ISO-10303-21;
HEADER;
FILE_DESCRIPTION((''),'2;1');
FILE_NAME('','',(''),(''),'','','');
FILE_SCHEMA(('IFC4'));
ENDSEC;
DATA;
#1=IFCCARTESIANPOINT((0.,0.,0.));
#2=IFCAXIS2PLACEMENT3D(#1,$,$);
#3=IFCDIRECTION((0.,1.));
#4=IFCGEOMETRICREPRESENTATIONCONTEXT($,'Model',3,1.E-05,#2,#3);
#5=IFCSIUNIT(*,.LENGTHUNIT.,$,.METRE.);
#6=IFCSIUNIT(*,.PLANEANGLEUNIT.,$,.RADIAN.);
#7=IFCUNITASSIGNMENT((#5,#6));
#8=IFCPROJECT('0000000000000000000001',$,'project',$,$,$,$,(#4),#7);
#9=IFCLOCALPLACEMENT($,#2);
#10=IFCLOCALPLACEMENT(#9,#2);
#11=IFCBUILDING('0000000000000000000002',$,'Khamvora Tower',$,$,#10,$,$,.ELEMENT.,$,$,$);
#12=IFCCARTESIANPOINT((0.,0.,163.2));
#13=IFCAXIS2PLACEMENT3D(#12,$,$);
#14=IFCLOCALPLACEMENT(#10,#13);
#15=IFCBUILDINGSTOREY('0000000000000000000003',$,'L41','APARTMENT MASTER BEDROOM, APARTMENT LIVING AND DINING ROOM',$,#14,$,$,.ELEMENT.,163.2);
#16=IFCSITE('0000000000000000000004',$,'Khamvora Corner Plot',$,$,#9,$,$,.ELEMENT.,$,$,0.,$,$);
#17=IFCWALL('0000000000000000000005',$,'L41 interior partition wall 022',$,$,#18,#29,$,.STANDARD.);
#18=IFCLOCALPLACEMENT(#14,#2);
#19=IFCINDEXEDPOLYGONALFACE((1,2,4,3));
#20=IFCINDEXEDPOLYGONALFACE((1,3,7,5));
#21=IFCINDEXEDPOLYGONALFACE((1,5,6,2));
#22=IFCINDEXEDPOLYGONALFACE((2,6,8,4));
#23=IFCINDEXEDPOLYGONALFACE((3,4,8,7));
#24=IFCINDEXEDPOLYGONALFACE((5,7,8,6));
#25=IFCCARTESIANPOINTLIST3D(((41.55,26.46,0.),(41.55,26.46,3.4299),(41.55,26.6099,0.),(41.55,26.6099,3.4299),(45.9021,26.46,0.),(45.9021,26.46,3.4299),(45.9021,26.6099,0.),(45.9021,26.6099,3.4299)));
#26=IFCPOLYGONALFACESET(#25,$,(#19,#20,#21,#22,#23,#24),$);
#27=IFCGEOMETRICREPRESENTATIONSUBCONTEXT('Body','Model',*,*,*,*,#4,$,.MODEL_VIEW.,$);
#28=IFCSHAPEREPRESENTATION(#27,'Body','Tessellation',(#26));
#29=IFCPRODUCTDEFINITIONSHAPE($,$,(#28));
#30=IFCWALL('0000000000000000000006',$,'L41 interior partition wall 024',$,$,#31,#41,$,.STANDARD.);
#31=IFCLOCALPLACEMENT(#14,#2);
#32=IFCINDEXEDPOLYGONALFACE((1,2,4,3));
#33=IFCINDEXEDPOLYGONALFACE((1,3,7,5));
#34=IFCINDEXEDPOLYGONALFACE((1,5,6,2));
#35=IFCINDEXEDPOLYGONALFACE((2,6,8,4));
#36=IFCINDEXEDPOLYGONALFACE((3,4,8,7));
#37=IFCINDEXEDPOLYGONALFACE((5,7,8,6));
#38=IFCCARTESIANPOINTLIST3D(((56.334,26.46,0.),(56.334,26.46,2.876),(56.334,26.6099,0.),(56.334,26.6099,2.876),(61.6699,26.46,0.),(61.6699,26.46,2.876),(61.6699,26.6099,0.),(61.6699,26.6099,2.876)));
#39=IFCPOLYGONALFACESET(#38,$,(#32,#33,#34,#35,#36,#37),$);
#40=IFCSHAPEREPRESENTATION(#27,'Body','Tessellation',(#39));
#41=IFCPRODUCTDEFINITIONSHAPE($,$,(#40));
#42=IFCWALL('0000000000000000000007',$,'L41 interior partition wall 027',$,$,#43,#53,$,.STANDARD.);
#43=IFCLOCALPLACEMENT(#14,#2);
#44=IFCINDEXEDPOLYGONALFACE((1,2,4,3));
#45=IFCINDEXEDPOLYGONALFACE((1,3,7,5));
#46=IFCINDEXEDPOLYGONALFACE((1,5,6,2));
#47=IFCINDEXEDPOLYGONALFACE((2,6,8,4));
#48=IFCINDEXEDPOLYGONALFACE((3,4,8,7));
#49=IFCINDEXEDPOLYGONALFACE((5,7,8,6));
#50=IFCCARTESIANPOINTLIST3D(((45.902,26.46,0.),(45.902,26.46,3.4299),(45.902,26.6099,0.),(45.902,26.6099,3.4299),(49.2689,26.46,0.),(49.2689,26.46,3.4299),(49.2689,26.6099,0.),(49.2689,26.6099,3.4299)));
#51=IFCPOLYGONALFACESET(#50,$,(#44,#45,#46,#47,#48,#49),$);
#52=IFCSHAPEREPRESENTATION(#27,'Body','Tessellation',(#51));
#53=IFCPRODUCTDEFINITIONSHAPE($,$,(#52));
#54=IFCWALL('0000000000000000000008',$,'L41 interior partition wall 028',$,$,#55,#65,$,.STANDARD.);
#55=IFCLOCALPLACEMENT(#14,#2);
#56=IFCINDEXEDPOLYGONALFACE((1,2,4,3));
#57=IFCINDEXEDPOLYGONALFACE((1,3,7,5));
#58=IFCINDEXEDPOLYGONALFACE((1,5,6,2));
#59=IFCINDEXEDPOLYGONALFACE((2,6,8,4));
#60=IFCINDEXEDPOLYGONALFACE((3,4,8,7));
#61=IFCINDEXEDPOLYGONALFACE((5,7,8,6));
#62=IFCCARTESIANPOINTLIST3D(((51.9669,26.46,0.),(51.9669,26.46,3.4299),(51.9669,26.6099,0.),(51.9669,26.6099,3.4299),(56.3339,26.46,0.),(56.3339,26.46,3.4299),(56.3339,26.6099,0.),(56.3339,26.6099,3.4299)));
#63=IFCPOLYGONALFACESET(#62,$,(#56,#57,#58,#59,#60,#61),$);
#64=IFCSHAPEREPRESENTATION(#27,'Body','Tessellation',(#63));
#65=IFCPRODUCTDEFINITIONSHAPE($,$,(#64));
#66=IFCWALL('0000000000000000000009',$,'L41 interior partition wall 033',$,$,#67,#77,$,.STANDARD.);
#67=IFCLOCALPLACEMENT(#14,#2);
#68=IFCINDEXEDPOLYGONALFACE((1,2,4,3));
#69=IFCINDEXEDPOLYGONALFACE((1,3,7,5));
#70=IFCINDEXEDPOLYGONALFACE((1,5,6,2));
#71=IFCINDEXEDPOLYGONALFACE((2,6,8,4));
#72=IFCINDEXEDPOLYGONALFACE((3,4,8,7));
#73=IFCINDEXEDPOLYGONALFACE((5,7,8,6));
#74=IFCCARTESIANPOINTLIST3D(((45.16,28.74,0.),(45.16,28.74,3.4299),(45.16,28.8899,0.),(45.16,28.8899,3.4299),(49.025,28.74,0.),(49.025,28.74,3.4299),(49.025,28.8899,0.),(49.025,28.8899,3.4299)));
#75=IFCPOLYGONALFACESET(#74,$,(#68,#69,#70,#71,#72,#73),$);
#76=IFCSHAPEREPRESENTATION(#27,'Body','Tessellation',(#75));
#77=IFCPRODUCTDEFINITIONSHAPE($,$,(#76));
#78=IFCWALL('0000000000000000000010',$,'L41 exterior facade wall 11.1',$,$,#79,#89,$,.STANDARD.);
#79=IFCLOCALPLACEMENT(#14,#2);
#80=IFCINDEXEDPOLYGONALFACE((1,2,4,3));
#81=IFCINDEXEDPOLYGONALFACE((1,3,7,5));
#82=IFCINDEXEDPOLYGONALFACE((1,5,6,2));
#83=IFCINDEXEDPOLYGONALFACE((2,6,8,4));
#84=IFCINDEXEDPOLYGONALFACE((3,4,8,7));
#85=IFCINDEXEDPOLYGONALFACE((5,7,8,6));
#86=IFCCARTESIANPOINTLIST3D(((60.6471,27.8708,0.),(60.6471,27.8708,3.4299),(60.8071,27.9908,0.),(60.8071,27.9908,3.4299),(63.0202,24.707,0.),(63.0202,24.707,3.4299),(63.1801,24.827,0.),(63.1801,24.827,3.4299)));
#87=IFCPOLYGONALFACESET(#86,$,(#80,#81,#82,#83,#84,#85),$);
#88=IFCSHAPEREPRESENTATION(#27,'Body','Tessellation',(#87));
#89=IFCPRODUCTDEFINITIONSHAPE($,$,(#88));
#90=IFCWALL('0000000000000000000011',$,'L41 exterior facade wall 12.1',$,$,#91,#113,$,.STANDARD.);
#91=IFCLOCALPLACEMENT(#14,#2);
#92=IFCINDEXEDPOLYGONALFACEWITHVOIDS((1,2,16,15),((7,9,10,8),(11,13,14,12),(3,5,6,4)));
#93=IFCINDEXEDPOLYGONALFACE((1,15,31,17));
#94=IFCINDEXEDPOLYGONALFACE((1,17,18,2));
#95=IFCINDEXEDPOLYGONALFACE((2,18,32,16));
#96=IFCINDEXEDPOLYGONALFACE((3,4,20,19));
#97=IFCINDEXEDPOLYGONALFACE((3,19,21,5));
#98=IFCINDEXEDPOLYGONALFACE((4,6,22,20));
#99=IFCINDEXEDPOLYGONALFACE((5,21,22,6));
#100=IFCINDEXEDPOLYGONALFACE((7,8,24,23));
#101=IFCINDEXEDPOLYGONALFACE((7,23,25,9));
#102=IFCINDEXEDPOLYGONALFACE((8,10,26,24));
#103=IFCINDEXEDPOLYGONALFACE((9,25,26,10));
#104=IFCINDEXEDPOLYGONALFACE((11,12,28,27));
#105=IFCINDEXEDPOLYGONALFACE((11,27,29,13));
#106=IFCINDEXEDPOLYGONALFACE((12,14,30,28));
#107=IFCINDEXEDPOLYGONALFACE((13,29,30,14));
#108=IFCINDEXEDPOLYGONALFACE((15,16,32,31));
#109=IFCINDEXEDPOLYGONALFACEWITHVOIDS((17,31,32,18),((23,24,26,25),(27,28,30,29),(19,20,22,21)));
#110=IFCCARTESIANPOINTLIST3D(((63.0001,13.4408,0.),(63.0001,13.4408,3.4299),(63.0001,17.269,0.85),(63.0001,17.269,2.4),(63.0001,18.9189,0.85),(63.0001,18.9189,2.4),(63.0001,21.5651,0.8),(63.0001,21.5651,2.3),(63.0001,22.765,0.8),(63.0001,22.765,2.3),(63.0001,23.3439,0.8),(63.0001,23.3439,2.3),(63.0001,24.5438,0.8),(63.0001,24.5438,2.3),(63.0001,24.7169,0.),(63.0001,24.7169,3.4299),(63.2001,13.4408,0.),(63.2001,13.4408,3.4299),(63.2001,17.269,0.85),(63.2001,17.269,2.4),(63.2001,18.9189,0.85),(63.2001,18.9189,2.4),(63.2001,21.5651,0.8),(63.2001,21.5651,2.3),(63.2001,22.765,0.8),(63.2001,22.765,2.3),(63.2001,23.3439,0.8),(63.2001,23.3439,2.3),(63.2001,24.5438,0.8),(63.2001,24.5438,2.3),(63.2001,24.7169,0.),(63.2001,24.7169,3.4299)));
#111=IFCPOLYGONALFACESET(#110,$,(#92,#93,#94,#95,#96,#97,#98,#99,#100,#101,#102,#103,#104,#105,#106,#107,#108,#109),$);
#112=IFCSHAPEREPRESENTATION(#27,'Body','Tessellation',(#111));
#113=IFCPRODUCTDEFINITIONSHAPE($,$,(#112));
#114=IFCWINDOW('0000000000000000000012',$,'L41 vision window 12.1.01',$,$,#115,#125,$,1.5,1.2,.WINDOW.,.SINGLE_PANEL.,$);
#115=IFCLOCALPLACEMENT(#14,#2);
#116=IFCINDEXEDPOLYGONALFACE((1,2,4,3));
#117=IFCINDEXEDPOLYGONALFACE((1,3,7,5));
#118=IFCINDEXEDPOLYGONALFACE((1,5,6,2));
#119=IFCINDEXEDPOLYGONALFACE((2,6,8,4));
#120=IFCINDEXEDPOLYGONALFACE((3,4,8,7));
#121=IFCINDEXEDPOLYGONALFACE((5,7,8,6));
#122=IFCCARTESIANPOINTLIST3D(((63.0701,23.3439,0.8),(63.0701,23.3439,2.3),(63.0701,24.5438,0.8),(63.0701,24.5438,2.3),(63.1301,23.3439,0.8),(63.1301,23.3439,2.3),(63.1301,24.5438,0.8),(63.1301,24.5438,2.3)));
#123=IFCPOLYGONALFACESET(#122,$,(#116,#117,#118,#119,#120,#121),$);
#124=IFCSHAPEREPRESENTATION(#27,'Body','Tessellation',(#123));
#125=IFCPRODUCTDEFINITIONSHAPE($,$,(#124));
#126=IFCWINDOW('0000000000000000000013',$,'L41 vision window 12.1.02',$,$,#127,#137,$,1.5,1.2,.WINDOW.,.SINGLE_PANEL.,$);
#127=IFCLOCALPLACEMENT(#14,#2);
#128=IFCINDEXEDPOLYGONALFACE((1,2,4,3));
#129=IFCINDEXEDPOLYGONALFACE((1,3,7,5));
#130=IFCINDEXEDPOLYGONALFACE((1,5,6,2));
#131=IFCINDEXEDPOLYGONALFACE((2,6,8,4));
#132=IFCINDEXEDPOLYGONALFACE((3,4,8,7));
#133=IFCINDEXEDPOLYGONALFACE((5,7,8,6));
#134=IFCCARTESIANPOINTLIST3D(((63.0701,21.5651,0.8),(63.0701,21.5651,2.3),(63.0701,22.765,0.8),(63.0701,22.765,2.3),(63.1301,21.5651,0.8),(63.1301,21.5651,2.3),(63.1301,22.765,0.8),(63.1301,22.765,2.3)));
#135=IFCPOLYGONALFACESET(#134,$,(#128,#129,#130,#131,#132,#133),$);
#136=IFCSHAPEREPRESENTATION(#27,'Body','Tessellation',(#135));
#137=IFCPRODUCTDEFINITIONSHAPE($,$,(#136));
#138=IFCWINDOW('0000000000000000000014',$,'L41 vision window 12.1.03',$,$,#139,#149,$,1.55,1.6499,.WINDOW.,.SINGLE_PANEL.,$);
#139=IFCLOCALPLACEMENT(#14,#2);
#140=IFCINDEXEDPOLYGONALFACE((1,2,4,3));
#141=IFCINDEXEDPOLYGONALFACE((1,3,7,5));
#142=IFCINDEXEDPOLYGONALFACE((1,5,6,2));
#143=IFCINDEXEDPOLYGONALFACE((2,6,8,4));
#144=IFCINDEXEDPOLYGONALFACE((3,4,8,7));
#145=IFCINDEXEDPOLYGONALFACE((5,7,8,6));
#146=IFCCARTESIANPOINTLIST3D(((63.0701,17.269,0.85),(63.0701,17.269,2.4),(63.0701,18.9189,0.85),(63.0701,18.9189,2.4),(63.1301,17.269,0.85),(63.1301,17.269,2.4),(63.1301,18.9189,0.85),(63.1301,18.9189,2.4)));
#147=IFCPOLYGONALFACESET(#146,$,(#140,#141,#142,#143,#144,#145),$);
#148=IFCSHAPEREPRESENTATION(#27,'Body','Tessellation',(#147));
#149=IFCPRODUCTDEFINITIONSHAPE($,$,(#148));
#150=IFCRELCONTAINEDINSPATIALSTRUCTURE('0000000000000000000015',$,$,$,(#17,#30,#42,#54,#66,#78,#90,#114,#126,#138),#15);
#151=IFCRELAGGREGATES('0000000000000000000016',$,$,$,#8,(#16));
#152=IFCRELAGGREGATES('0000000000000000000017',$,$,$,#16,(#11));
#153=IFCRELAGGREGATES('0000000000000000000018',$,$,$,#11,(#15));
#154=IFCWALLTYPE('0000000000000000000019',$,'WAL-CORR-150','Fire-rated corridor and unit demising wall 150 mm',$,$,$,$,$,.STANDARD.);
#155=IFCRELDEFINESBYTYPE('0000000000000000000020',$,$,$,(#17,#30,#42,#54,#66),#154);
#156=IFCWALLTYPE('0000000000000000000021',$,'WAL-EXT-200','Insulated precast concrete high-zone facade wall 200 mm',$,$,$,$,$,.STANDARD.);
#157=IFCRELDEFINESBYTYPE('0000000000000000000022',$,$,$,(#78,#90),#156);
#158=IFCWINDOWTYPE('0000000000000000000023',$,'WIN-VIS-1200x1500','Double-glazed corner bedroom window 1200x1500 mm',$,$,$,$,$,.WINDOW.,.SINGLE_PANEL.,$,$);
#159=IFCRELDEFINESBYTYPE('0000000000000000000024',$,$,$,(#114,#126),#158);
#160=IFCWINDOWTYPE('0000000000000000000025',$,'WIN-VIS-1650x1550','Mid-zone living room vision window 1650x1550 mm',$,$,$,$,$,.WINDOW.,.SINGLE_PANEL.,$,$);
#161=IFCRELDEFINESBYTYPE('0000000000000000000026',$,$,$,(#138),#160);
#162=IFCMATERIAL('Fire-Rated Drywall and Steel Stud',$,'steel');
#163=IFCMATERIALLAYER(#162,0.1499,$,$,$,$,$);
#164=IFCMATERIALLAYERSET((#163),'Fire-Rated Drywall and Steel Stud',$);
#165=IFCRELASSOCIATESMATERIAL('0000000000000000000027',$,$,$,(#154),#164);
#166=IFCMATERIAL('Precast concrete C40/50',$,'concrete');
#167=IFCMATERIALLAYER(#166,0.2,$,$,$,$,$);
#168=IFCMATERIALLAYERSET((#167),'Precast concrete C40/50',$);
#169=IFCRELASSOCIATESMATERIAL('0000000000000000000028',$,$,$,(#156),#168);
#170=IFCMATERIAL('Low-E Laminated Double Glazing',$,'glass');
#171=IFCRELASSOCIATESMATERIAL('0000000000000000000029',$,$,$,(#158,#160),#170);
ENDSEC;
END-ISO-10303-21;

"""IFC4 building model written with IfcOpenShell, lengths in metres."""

from ifc_helpers import new_model, si_unit, direction, frame, frame_2d, origin, place, context, subcontext, project, spatial, rectangle, extrude, material, layer, layer_set, type_object, element, fill, save


model = new_model("IFC4")

# Units and contexts
model_context = context("Model", 3, precision=1e-05, world=origin(), true_north=direction((0.0, 1.0)))
body_context = subcontext(model_context, "Body", "Model", "MODEL_VIEW")
ifc_project = project(units=[si_unit("LENGTHUNIT", "METRE"), si_unit("PLANEANGLEUNIT", "RADIAN")], contexts=[model_context])

# Site, building, storey
site_placement = place(None, origin())
site = spatial("IfcSite", under=ifc_project, at=site_placement, Name="Khamvora Corner Plot", CompositionType="ELEMENT", RefElevation=0.0)
building_placement = place(site_placement, origin())
building = spatial("IfcBuilding", under=site, at=building_placement, Name="Khamvora Tower", CompositionType="ELEMENT")
storey_placement = place(building_placement, frame((0.0, 0.0, 163.2)))
storey = spatial("IfcBuildingStorey", under=building, at=storey_placement, Name="L41", Description="APARTMENT MASTER BEDROOM, APARTMENT LIVING AND DINING ROOM", CompositionType="ELEMENT", Elevation=163.2)

# Walls
ifc_material_1 = material(Name="Fire-Rated Drywall and Steel Stud", Category="steel")
ifc_layer_1 = layer(ifc_material_1, 0.1499)
ifc_layer_set_1 = layer_set([ifc_layer_1], Name="Fire-Rated Drywall and Steel Stud")
wall_type_1 = type_object("IfcWallType", Name="WAL-CORR-150", Description="Fire-rated corridor and unit demising wall 150 mm", PredefinedType="STANDARD", material=ifc_layer_set_1)
wall_1_placement = place(storey_placement, frame((45.9021, 26.5349, 0.0), z_axis=(0.0, 0.0, 1.0), x_axis=(-1.0, 0.0, 0.0)))
element("IfcWall", 1, at=wall_1_placement, inside=storey, type_object=wall_type_1, Name="L41 interior partition wall 022", PredefinedType="STANDARD", context=body_context, shape_type="SweptSolid", body=[
    extrude(rectangle(XDim=4.3521, YDim=0.1499, at=frame_2d((2.176, 0.0))), origin(), (0.0, 0.0, 1.0), 3.4299),
])
wall_2_placement = place(storey_placement, frame((61.6699, 26.5349, 0.0), z_axis=(0.0, 0.0, 1.0), x_axis=(-1.0, 0.0, 0.0)))
element("IfcWall", 2, at=wall_2_placement, inside=storey, type_object=wall_type_1, Name="L41 interior partition wall 024", PredefinedType="STANDARD", context=body_context, shape_type="SweptSolid", body=[
    extrude(rectangle(XDim=5.3359, YDim=0.1499, at=frame_2d((2.668, 0.0))), origin(), (0.0, 0.0, 1.0), 2.876),
])

# Walls
wall_3_placement = place(storey_placement, frame((49.269, 26.5349, 0.0), z_axis=(0.0, 0.0, 1.0), x_axis=(-1.0, 0.0, 0.0)))
element("IfcWall", 3, at=wall_3_placement, inside=storey, type_object=wall_type_1, Name="L41 interior partition wall 027", PredefinedType="STANDARD", context=body_context, shape_type="SweptSolid", body=[
    extrude(rectangle(XDim=3.3669, YDim=0.1499, at=frame_2d((1.6836, 0.0))), origin(), (0.0, 0.0, 1.0), 3.4299),
])
wall_4_placement = place(storey_placement, frame((56.334, 26.5349, 0.0), z_axis=(0.0, 0.0, 1.0), x_axis=(-1.0, 0.0, 0.0)))
element("IfcWall", 4, at=wall_4_placement, inside=storey, type_object=wall_type_1, Name="L41 interior partition wall 028", PredefinedType="STANDARD", context=body_context, shape_type="SweptSolid", body=[
    extrude(rectangle(XDim=4.3669, YDim=0.1499, at=frame_2d((2.1836, 0.0))), origin(), (0.0, 0.0, 1.0), 3.4299),
])
wall_5_placement = place(storey_placement, frame((45.1599, 28.8149, 0.0), z_axis=(0.0, 0.0, 1.0), x_axis=(1.0, 0.0, 0.0)))
element("IfcWall", 5, at=wall_5_placement, inside=storey, type_object=wall_type_1, Name="L41 interior partition wall 033", PredefinedType="STANDARD", context=body_context, shape_type="SweptSolid", body=[
    extrude(rectangle(XDim=3.865, YDim=0.1499, at=frame_2d((1.9326, 0.0))), origin(), (0.0, 0.0, 1.0), 3.4299),
])
ifc_material_2 = material(Name="Precast concrete C40/50", Category="concrete")
ifc_layer_2 = layer(ifc_material_2, 0.2)
ifc_layer_set_2 = layer_set([ifc_layer_2], Name="Precast concrete C40/50")
wall_type_2 = type_object("IfcWallType", Name="WAL-EXT-200", Description="Insulated precast concrete high-zone facade wall 200 mm", PredefinedType="STANDARD", material=ifc_layer_set_2)
wall_6_placement = place(storey_placement, frame((60.7271, 27.9309, 0.0), z_axis=(0.0, 0.0, 1.0), x_axis=(0.60003, -0.799978, 0.0)))
element("IfcWall", 6, at=wall_6_placement, inside=storey, type_object=wall_type_2, Name="L41 exterior facade wall 11.1", PredefinedType="STANDARD", context=body_context, shape_type="SweptSolid", body=[
    extrude(rectangle(XDim=3.9548, YDim=0.2, at=frame_2d((1.9775, 0.0))), origin(), (0.0, 0.0, 1.0), 3.4299),
])

# Wall, openings, windows
wall_7_placement = place(storey_placement, frame((63.1001, 24.717, 0.0), z_axis=(0.0, 0.0, 1.0), x_axis=(0.0, -1.0, 0.0)))
wall_7 = element("IfcWall", 7, at=wall_7_placement, inside=storey, type_object=wall_type_2, Name="L41 exterior facade wall 12.1", PredefinedType="STANDARD", context=body_context, shape_type="SweptSolid", body=[
    extrude(rectangle(XDim=11.2761, YDim=0.2, at=frame_2d((5.6382, 0.0))), origin(), (0.0, 0.0, 1.0), 3.4299),
])
opening_1_placement = place(wall_7_placement, frame((0.1731, 0.0, 0.8)))
opening_1 = element("IfcOpeningElement", 8, at=opening_1_placement, cuts=wall_7, PredefinedType="OPENING", context=body_context, shape_type="SweptSolid", body=[
    extrude(rectangle(XDim=1.2, YDim=1.5, at=frame_2d((0.6001, 0.75))), frame((0.0, 0.1099, 0.0), z_axis=(0.0, -1.0, 0.0), x_axis=(1.0, 0.0, 0.0)), (0.0, 0.0, 1.0), 0.22),
])
opening_2_placement = place(wall_7_placement, frame((1.9519, 0.0, 0.8)))
opening_2 = element("IfcOpeningElement", 9, at=opening_2_placement, cuts=wall_7, PredefinedType="OPENING", context=body_context, shape_type="SweptSolid", body=[
    extrude(rectangle(XDim=1.2, YDim=1.5, at=frame_2d((0.6001, 0.75))), frame((0.0, 0.1099, 0.0), z_axis=(0.0, -1.0, 0.0), x_axis=(1.0, 0.0, 0.0)), (0.0, 0.0, 1.0), 0.22),
])
opening_3_placement = place(wall_7_placement, frame((5.7981, 0.0, 0.8501)))
opening_3 = element("IfcOpeningElement", 10, at=opening_3_placement, cuts=wall_7, PredefinedType="OPENING", context=body_context, shape_type="SweptSolid", body=[
    extrude(rectangle(XDim=1.6499, YDim=1.55, at=frame_2d((0.825, 0.7749))), frame((0.0, 0.1099, 0.0), z_axis=(0.0, -1.0, 0.0), x_axis=(1.0, 0.0, 0.0)), (0.0, 0.0, 1.0), 0.22),
])
ifc_material_3 = material(Name="Low-E Laminated Double Glazing", Category="glass")
window_type_1 = type_object("IfcWindowType", Name="WIN-VIS-1200x1500", Description="Double-glazed corner bedroom window 1200x1500 mm", PartitioningType="SINGLE_PANEL", PredefinedType="WINDOW", material=ifc_material_3)
window_1_placement = place(opening_1_placement, origin())
window_1 = element("IfcWindow", 11, at=window_1_placement, inside=storey, type_object=window_type_1, Name="L41 vision window 12.1.01", OverallHeight=1.5, OverallWidth=1.2, PartitioningType="SINGLE_PANEL", PredefinedType="WINDOW", context=body_context, shape_type="SweptSolid", body=[
    extrude(rectangle(XDim=1.2, YDim=1.5, at=frame_2d((0.6001, 0.75))), frame((0.0, 0.03, 0.0), z_axis=(0.0, -1.0, 0.0), x_axis=(1.0, 0.0, 0.0)), (0.0, 0.0, 1.0), 0.0601),
])
fill(opening_1, window_1)
window_2_placement = place(opening_2_placement, origin())
window_2 = element("IfcWindow", 12, at=window_2_placement, inside=storey, type_object=window_type_1, Name="L41 vision window 12.1.02", OverallHeight=1.5, OverallWidth=1.2, PartitioningType="SINGLE_PANEL", PredefinedType="WINDOW", context=body_context, shape_type="SweptSolid", body=[
    extrude(rectangle(XDim=1.2, YDim=1.5, at=frame_2d((0.6001, 0.75))), frame((0.0, 0.03, 0.0), z_axis=(0.0, -1.0, 0.0), x_axis=(1.0, 0.0, 0.0)), (0.0, 0.0, 1.0), 0.0601),
])
fill(opening_2, window_2)
window_type_2 = type_object("IfcWindowType", Name="WIN-VIS-1650x1550", Description="Mid-zone living room vision window 1650x1550 mm", PartitioningType="SINGLE_PANEL", PredefinedType="WINDOW", material=ifc_material_3)
window_3_placement = place(opening_3_placement, origin())
window_3 = element("IfcWindow", 13, at=window_3_placement, inside=storey, type_object=window_type_2, Name="L41 vision window 12.1.03", OverallHeight=1.55, OverallWidth=1.6499, PartitioningType="SINGLE_PANEL", PredefinedType="WINDOW", context=body_context, shape_type="SweptSolid", body=[
    extrude(rectangle(XDim=1.6499, YDim=1.55, at=frame_2d((0.825, 0.7749))), frame((0.0, 0.03, 0.0), z_axis=(0.0, -1.0, 0.0), x_axis=(1.0, 0.0, 0.0)), (0.0, 0.0, 1.0), 0.0601),
])
fill(opening_3, window_3)

save(model, "model.ifc")
